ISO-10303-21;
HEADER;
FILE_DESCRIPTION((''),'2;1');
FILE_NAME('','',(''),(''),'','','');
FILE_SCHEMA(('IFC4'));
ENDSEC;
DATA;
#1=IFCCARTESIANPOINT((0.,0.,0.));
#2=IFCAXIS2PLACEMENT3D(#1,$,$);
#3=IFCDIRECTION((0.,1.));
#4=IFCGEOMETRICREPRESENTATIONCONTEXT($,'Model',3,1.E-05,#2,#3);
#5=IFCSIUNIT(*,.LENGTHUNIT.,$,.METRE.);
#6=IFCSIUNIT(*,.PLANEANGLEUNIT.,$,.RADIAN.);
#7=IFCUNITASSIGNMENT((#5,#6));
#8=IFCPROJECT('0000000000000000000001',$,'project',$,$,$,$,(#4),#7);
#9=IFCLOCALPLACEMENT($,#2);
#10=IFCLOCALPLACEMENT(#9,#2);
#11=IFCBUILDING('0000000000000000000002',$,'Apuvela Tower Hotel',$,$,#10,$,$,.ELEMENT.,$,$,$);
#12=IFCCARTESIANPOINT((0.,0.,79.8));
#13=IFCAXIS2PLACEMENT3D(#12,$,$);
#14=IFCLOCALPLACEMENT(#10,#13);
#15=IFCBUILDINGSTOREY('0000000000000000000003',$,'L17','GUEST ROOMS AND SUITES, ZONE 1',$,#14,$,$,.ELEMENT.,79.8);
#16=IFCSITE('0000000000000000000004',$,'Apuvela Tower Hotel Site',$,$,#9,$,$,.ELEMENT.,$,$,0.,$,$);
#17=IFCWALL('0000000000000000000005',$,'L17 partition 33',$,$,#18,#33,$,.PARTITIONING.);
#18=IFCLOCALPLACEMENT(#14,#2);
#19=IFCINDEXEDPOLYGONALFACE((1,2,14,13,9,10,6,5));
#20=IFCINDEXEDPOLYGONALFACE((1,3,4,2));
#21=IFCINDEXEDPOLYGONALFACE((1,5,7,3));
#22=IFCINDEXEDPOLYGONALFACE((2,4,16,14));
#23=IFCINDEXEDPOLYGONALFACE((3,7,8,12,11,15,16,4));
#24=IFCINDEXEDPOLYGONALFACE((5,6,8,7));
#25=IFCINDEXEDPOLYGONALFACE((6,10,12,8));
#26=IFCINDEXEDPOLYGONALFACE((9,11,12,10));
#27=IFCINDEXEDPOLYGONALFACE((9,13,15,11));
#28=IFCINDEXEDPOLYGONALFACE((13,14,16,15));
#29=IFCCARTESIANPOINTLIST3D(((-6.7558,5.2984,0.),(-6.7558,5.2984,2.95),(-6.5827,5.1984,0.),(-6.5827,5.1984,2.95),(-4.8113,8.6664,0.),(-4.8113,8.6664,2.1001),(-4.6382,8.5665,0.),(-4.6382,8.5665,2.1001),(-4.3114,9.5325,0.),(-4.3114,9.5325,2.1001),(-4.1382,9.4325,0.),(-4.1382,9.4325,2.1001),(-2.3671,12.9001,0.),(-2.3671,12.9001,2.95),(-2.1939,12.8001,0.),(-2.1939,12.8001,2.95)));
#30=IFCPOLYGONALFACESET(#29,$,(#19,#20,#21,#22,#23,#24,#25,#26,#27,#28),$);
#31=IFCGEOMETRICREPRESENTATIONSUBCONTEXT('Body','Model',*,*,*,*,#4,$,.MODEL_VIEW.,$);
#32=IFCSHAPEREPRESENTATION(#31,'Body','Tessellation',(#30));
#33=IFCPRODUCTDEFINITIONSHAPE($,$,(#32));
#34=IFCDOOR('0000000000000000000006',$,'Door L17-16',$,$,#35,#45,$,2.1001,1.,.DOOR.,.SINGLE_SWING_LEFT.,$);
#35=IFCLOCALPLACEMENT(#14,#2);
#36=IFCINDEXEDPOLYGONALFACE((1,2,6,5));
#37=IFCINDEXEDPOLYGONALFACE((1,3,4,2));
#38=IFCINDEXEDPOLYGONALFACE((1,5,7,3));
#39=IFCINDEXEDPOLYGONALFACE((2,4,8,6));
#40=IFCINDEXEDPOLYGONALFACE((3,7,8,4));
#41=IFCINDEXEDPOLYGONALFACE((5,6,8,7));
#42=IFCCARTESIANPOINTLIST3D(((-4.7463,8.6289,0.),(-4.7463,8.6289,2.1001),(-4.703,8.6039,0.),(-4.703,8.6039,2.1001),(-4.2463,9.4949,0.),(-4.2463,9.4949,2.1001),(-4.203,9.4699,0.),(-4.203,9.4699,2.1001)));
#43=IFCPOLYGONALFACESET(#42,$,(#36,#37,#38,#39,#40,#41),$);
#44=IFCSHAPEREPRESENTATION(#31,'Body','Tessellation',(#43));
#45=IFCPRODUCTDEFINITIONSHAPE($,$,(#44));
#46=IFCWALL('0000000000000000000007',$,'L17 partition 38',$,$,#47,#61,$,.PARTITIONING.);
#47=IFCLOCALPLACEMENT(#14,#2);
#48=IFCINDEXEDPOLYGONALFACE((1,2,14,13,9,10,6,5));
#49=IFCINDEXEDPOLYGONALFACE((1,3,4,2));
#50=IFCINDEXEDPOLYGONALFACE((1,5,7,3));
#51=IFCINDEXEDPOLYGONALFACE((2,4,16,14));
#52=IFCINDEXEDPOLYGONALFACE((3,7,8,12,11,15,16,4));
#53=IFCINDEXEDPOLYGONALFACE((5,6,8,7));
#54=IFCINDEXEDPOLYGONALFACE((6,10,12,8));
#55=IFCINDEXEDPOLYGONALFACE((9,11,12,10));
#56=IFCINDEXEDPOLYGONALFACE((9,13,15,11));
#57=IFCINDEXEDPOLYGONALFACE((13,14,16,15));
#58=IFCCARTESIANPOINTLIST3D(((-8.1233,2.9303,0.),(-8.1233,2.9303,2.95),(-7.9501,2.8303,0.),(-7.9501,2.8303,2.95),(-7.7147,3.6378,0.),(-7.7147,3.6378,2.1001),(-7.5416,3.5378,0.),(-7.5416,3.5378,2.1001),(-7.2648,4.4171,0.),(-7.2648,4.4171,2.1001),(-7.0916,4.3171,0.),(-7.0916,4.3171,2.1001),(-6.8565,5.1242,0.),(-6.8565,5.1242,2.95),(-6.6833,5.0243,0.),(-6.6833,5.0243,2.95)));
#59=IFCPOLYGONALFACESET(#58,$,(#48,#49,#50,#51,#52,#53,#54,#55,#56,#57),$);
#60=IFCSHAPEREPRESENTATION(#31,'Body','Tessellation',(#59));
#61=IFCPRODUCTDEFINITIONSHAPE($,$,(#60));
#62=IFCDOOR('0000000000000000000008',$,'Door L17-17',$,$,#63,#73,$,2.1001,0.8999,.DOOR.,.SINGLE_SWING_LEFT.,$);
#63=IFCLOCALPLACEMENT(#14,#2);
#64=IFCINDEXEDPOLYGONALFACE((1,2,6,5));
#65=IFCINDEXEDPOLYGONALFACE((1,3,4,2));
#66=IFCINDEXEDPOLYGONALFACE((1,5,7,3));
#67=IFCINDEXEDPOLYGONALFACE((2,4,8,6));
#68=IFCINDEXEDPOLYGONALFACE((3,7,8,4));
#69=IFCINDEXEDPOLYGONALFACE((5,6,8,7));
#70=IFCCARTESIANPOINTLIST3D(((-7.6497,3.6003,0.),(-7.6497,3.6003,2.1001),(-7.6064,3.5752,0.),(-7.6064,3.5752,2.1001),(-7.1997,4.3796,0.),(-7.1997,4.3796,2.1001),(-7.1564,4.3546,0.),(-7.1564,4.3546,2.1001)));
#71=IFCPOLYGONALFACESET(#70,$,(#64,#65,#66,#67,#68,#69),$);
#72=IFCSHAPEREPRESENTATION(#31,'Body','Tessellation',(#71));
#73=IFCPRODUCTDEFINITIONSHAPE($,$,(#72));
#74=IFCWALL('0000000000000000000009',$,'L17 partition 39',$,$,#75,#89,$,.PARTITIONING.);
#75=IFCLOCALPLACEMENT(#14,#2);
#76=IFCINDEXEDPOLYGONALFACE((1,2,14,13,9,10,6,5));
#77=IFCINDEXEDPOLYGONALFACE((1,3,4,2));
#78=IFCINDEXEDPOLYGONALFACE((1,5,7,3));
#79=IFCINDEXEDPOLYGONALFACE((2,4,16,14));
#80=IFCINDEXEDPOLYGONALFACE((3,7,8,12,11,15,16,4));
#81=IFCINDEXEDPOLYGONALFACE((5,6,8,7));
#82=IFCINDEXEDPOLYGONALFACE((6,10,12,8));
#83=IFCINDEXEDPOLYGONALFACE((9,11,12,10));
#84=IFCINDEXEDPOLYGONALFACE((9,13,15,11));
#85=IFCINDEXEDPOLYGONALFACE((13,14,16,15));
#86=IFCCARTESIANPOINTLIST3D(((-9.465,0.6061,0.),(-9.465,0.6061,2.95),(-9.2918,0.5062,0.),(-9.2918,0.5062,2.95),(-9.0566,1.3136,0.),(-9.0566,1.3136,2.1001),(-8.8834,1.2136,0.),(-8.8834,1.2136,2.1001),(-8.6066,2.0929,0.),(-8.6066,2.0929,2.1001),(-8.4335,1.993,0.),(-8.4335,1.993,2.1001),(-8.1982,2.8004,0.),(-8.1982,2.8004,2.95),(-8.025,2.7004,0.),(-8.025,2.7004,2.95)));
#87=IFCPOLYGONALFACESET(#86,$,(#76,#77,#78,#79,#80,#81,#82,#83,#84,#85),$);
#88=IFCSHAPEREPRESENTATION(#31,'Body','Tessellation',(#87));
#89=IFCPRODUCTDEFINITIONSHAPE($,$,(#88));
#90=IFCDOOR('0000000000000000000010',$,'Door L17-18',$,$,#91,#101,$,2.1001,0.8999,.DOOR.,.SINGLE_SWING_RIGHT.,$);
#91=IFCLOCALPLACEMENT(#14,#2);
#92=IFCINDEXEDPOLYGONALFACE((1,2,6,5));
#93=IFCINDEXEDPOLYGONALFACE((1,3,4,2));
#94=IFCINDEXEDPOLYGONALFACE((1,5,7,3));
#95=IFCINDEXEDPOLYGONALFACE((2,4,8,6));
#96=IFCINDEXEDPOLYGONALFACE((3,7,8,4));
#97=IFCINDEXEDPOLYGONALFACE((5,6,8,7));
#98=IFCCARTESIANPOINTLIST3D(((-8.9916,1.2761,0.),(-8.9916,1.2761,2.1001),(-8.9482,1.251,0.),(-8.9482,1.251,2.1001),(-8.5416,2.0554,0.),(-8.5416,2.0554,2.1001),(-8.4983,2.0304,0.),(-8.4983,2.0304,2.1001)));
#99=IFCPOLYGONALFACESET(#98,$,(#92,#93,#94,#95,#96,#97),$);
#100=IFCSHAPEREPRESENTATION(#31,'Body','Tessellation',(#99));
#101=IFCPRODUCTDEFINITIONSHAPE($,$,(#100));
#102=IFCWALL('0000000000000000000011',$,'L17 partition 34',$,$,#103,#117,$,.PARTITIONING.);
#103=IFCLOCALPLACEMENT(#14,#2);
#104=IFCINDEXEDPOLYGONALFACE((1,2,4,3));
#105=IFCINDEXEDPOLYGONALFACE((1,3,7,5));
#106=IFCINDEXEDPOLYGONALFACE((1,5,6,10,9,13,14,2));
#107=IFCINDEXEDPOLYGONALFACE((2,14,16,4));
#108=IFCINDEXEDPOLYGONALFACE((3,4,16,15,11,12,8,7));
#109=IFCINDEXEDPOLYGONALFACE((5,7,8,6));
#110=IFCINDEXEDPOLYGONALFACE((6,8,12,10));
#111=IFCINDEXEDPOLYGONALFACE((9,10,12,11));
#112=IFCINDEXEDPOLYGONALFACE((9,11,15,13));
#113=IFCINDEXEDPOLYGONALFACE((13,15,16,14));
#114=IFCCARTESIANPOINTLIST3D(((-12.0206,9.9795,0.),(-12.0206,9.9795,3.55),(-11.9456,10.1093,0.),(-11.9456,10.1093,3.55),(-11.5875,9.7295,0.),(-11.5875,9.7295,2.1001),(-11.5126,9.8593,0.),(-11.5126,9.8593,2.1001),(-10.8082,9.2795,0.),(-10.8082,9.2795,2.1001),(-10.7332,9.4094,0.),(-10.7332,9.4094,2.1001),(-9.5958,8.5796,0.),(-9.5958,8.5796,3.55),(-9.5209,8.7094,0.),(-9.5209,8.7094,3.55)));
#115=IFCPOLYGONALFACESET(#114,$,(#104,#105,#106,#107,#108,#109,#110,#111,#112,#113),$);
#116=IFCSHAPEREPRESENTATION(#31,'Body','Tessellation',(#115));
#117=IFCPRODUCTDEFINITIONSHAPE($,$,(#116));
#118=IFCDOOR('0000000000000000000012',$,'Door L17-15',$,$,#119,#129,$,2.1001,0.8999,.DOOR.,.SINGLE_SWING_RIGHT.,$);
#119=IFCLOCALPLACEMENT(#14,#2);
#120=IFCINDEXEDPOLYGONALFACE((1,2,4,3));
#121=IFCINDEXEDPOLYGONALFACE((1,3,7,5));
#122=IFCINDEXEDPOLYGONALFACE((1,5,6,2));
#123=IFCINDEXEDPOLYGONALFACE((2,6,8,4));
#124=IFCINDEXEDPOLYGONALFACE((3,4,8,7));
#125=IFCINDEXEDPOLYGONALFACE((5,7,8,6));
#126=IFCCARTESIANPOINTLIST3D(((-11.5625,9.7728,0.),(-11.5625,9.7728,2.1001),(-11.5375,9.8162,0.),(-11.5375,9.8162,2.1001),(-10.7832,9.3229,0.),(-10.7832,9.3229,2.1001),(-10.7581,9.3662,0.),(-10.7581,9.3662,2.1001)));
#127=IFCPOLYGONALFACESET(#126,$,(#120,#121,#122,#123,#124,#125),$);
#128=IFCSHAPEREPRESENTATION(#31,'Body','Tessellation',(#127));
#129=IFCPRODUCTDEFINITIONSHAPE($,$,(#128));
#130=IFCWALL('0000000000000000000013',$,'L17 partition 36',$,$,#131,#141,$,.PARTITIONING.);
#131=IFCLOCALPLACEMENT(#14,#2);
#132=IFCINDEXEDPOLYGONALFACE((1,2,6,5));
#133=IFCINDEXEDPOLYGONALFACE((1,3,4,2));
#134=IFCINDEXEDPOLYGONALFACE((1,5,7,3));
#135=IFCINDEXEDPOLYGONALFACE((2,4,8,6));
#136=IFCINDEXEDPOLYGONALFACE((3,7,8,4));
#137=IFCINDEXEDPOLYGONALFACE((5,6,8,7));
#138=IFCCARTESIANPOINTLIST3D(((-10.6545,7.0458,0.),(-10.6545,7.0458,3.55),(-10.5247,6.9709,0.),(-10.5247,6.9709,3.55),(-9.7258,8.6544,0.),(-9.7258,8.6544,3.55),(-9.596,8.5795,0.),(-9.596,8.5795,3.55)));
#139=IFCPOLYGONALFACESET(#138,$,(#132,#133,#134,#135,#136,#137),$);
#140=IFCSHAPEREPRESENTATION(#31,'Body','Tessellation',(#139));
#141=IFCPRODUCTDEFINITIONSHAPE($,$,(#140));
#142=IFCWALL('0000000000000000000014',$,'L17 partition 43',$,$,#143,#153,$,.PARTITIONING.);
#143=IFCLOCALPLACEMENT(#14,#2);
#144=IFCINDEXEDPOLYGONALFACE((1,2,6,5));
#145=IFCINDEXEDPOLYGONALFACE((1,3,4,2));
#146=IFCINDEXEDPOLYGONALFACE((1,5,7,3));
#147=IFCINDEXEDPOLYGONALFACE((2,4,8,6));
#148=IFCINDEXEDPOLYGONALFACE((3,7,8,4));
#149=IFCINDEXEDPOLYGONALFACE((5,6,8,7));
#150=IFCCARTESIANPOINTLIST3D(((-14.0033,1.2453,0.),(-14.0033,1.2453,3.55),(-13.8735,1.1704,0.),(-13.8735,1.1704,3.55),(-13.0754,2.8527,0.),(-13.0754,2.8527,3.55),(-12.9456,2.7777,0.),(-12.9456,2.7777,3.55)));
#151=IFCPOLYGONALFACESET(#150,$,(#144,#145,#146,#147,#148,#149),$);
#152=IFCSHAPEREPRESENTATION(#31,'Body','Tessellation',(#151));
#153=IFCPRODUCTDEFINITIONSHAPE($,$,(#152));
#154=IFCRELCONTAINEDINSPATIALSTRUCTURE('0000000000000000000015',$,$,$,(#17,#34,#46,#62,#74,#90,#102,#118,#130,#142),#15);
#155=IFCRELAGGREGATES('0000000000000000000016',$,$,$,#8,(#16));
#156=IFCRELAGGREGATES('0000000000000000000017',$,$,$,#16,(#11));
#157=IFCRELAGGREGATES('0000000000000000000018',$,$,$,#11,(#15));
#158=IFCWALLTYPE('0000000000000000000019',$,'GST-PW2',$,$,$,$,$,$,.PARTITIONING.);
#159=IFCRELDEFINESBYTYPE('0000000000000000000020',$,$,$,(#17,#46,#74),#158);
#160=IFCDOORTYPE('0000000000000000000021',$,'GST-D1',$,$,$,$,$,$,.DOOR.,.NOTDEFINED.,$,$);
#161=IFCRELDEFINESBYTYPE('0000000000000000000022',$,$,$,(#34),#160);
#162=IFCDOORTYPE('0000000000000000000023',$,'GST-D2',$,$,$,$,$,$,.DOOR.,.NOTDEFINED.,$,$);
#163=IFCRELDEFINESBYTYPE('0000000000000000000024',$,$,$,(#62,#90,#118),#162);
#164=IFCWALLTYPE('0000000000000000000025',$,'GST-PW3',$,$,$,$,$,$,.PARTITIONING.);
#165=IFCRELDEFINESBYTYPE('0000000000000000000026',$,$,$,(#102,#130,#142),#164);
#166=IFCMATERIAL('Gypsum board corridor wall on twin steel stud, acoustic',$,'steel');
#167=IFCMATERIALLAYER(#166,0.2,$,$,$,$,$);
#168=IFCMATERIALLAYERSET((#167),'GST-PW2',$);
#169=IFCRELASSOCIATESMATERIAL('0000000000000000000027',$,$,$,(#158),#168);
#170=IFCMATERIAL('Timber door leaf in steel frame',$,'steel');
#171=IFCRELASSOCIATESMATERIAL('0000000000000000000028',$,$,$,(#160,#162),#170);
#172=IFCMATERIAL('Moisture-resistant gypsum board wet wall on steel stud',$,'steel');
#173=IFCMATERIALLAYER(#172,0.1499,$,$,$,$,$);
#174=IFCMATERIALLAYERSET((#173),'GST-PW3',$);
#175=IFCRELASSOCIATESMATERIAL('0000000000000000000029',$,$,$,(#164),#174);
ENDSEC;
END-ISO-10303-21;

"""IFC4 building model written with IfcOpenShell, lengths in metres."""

from ifc_helpers import new_model, si_unit, direction, frame, frame_2d, origin, place, context, subcontext, project, spatial, rectangle, extrude, material, layer, layer_set, type_object, element, fill, save


model = new_model("IFC4")

# Units and contexts
model_context = context("Model", 3, precision=1e-05, world=origin(), true_north=direction((0.0, 1.0)))
body_context = subcontext(model_context, "Body", "Model", "MODEL_VIEW")
ifc_project = project(units=[si_unit("LENGTHUNIT", "METRE"), si_unit("PLANEANGLEUNIT", "RADIAN")], contexts=[model_context])

# Site, building, storey
site_placement = place(None, origin())
site = spatial("IfcSite", under=ifc_project, at=site_placement, Name="Apuvela Tower Hotel Site", CompositionType="ELEMENT", RefElevation=0.0)
building_placement = place(site_placement, origin())
building = spatial("IfcBuilding", under=site, at=building_placement, Name="Apuvela Tower Hotel", CompositionType="ELEMENT")
storey_placement = place(building_placement, frame((0.0, 0.0, 79.8)))
storey = spatial("IfcBuildingStorey", under=building, at=storey_placement, Name="L17", Description="GUEST ROOMS AND SUITES, ZONE 1", CompositionType="ELEMENT", Elevation=79.8)

# Walls, openings, doors
ifc_material_1 = material(Name="Gypsum board corridor wall on twin steel stud, acoustic", Category="steel")
ifc_layer_1 = layer(ifc_material_1, 0.2)
ifc_layer_set_1 = layer_set([ifc_layer_1], Name="GST-PW2")
wall_type_1 = type_object("IfcWallType", Name="GST-PW2", PredefinedType="PARTITIONING", material=ifc_layer_set_1)
wall_1_placement = place(storey_placement, frame((-6.6692, 5.2485, 0.0), z_axis=(0.0, 0.0, 1.0), x_axis=(0.499992, 0.86603, 0.0)))
wall_1 = element("IfcWall", 1, at=wall_1_placement, inside=storey, type_object=wall_type_1, Name="L17 partition 33", PredefinedType="PARTITIONING", context=body_context, shape_type="SweptSolid", body=[
    extrude(rectangle(XDim=8.7776, YDim=0.2, at=frame_2d((4.3887, 0.0))), origin(), (0.0, 0.0, 1.0), 2.95),
])
opening_1_placement = place(wall_1_placement, frame((3.8889, 0.0, 0.0)))
opening_1 = element("IfcOpeningElement", 2, at=opening_1_placement, cuts=wall_1, PredefinedType="OPENING", context=body_context, shape_type="SweptSolid", body=[
    extrude(rectangle(XDim=1.0, YDim=2.1001, at=frame_2d((0.5, 1.05))), frame((0.0, 0.1099, 0.0), z_axis=(0.0, -1.0, 0.0), x_axis=(1.0, 0.0, 0.0)), (0.0, 0.0, 1.0), 0.22),
])
ifc_material_2 = material(Name="Timber door leaf in steel frame", Category="steel")
door_type_1 = type_object("IfcDoorType", Name="GST-D1", OperationType="NOTDEFINED", PredefinedType="DOOR", material=ifc_material_2)
door_1_placement = place(opening_1_placement, origin())
door_1 = element("IfcDoor", 3, at=door_1_placement, inside=storey, type_object=door_type_1, Name="Door L17-16", OperationType="SINGLE_SWING_LEFT", OverallHeight=2.1001, OverallWidth=1.0, PredefinedType="DOOR", context=body_context, shape_type="SweptSolid", body=[
    extrude(rectangle(XDim=1.0, YDim=2.1001, at=frame_2d((0.5, 1.05))), frame((0.0, 0.0249, 0.0), z_axis=(0.0, -1.0, 0.0), x_axis=(1.0, 0.0, 0.0)), (0.0, 0.0, 1.0), 0.05),
])
fill(opening_1, door_1)
wall_2_placement = place(storey_placement, frame((-8.0366, 2.8804, 0.0), z_axis=(0.0, 0.0, 1.0), x_axis=(0.500026, 0.866011, 0.0)))
wall_2 = element("IfcWall", 4, at=wall_2_placement, inside=storey, type_object=wall_type_1, Name="L17 partition 38", PredefinedType="PARTITIONING", context=body_context, shape_type="SweptSolid", body=[
    extrude(rectangle(XDim=2.5334, YDim=0.2, at=frame_2d((1.2666, 0.0))), origin(), (0.0, 0.0, 1.0), 2.95),
])
opening_2_placement = place(wall_2_placement, frame((0.8169, 0.0, 0.0)))
opening_2 = element("IfcOpeningElement", 5, at=opening_2_placement, cuts=wall_2, PredefinedType="OPENING", context=body_context, shape_type="SweptSolid", body=[
    extrude(rectangle(XDim=0.8999, YDim=2.1001, at=frame_2d((0.45, 1.05))), frame((0.0, 0.1099, 0.0), z_axis=(0.0, -1.0, 0.0), x_axis=(1.0, 0.0, 0.0)), (0.0, 0.0, 1.0), 0.22),
])
door_type_2 = type_object("IfcDoorType", Name="GST-D2", OperationType="NOTDEFINED", PredefinedType="DOOR", material=ifc_material_2)
door_2_placement = place(opening_2_placement, origin())
door_2 = element("IfcDoor", 6, at=door_2_placement, inside=storey, type_object=door_type_2, Name="Door L17-17", OperationType="SINGLE_SWING_LEFT", OverallHeight=2.1001, OverallWidth=0.8999, PredefinedType="DOOR", context=body_context, shape_type="SweptSolid", body=[
    extrude(rectangle(XDim=0.8999, YDim=2.1001, at=frame_2d((0.45, 1.05))), frame((0.0, 0.0249, 0.0), z_axis=(0.0, -1.0, 0.0), x_axis=(1.0, 0.0, 0.0)), (0.0, 0.0, 1.0), 0.05),
])
fill(opening_2, door_2)
wall_3_placement = place(storey_placement, frame((-9.3784, 0.5562, 0.0), z_axis=(0.0, 0.0, 1.0), x_axis=(0.499984, 0.866035, 0.0)))
wall_3 = element("IfcWall", 7, at=wall_3_placement, inside=storey, type_object=wall_type_1, Name="L17 partition 39", PredefinedType="PARTITIONING", context=body_context, shape_type="SweptSolid", body=[
    extrude(rectangle(XDim=2.5337, YDim=0.2, at=frame_2d((1.2668, 0.0))), origin(), (0.0, 0.0, 1.0), 2.95),
])
opening_3_placement = place(wall_3_placement, frame((0.8169, 0.0, 0.0)))
opening_3 = element("IfcOpeningElement", 8, at=opening_3_placement, cuts=wall_3, PredefinedType="OPENING", context=body_context, shape_type="SweptSolid", body=[
    extrude(rectangle(XDim=0.8999, YDim=2.1001, at=frame_2d((0.45, 1.05))), frame((0.0, 0.1099, 0.0), z_axis=(0.0, -1.0, 0.0), x_axis=(1.0, 0.0, 0.0)), (0.0, 0.0, 1.0), 0.22),
])
door_3_placement = place(opening_3_placement, origin())
door_3 = element("IfcDoor", 9, at=door_3_placement, inside=storey, type_object=door_type_2, Name="Door L17-18", OperationType="SINGLE_SWING_RIGHT", OverallHeight=2.1001, OverallWidth=0.8999, PredefinedType="DOOR", context=body_context, shape_type="SweptSolid", body=[
    extrude(rectangle(XDim=0.8999, YDim=2.1001, at=frame_2d((0.45, 1.05))), frame((0.0, 0.0249, 0.0), z_axis=(0.0, -1.0, 0.0), x_axis=(1.0, 0.0, 0.0)), (0.0, 0.0, 1.0), 0.05),
])
fill(opening_3, door_3)
ifc_material_3 = material(Name="Moisture-resistant gypsum board wet wall on steel stud", Category="steel")
ifc_layer_2 = layer(ifc_material_3, 0.1499)
ifc_layer_set_2 = layer_set([ifc_layer_2], Name="GST-PW3")
wall_type_2 = type_object("IfcWallType", Name="GST-PW3", PredefinedType="PARTITIONING", material=ifc_layer_set_2)
wall_4_placement = place(storey_placement, frame((-9.5583, 8.6445, 0.0), z_axis=(0.0, 0.0, 1.0), x_axis=(-0.866035, 0.499984, 0.0)))
wall_4 = element("IfcWall", 10, at=wall_4_placement, inside=storey, type_object=wall_type_2, Name="L17 partition 34", PredefinedType="PARTITIONING", context=body_context, shape_type="SweptSolid", body=[
    extrude(rectangle(XDim=2.7998, YDim=0.1499, at=frame_2d((1.3999, 0.0))), origin(), (0.0, 0.0, 1.0), 3.55),
])
opening_4_placement = place(wall_4_placement, frame((1.3999, 0.0, 0.0)))
opening_4 = element("IfcOpeningElement", 11, at=opening_4_placement, cuts=wall_4, PredefinedType="OPENING", context=body_context, shape_type="SweptSolid", body=[
    extrude(rectangle(XDim=0.8999, YDim=2.1001, at=frame_2d((0.45, 1.05))), frame((0.0, 0.085, 0.0), z_axis=(0.0, -1.0, 0.0), x_axis=(1.0, 0.0, 0.0)), (0.0, 0.0, 1.0), 0.1699),
])
door_4_placement = place(opening_4_placement, origin())
door_4 = element("IfcDoor", 12, at=door_4_placement, inside=storey, type_object=door_type_2, Name="Door L17-15", OperationType="SINGLE_SWING_RIGHT", OverallHeight=2.1001, OverallWidth=0.8999, PredefinedType="DOOR", context=body_context, shape_type="SweptSolid", body=[
    extrude(rectangle(XDim=0.8999, YDim=2.1001, at=frame_2d((0.45, 1.05))), frame((0.0, 0.0249, 0.0), z_axis=(0.0, -1.0, 0.0), x_axis=(1.0, 0.0, 0.0)), (0.0, 0.0, 1.0), 0.05),
])
fill(opening_4, door_4)

# Walls
wall_5_placement = place(storey_placement, frame((-9.6609, 8.6169, 0.0), z_axis=(0.0, 0.0, 1.0), x_axis=(-0.499984, -0.866035, 0.0)))
element("IfcWall", 13, at=wall_5_placement, inside=storey, type_object=wall_type_2, Name="L17 partition 36", PredefinedType="PARTITIONING", context=body_context, shape_type="SweptSolid", body=[
    extrude(rectangle(XDim=1.8574, YDim=0.1499, at=frame_2d((0.9287, 0.0))), origin(), (0.0, 0.0, 1.0), 3.55),
])
wall_6_placement = place(storey_placement, frame((-13.0105, 2.8152, 0.0), z_axis=(0.0, 0.0, 1.0), x_axis=(-0.499973, -0.866041, 0.0)))
element("IfcWall", 14, at=wall_6_placement, inside=storey, type_object=wall_type_2, Name="L17 partition 43", PredefinedType="PARTITIONING", context=body_context, shape_type="SweptSolid", body=[
    extrude(rectangle(XDim=1.856, YDim=0.1499, at=frame_2d((0.928, 0.0))), origin(), (0.0, 0.0, 1.0), 3.55),
])

save(model, "model.ifc")
